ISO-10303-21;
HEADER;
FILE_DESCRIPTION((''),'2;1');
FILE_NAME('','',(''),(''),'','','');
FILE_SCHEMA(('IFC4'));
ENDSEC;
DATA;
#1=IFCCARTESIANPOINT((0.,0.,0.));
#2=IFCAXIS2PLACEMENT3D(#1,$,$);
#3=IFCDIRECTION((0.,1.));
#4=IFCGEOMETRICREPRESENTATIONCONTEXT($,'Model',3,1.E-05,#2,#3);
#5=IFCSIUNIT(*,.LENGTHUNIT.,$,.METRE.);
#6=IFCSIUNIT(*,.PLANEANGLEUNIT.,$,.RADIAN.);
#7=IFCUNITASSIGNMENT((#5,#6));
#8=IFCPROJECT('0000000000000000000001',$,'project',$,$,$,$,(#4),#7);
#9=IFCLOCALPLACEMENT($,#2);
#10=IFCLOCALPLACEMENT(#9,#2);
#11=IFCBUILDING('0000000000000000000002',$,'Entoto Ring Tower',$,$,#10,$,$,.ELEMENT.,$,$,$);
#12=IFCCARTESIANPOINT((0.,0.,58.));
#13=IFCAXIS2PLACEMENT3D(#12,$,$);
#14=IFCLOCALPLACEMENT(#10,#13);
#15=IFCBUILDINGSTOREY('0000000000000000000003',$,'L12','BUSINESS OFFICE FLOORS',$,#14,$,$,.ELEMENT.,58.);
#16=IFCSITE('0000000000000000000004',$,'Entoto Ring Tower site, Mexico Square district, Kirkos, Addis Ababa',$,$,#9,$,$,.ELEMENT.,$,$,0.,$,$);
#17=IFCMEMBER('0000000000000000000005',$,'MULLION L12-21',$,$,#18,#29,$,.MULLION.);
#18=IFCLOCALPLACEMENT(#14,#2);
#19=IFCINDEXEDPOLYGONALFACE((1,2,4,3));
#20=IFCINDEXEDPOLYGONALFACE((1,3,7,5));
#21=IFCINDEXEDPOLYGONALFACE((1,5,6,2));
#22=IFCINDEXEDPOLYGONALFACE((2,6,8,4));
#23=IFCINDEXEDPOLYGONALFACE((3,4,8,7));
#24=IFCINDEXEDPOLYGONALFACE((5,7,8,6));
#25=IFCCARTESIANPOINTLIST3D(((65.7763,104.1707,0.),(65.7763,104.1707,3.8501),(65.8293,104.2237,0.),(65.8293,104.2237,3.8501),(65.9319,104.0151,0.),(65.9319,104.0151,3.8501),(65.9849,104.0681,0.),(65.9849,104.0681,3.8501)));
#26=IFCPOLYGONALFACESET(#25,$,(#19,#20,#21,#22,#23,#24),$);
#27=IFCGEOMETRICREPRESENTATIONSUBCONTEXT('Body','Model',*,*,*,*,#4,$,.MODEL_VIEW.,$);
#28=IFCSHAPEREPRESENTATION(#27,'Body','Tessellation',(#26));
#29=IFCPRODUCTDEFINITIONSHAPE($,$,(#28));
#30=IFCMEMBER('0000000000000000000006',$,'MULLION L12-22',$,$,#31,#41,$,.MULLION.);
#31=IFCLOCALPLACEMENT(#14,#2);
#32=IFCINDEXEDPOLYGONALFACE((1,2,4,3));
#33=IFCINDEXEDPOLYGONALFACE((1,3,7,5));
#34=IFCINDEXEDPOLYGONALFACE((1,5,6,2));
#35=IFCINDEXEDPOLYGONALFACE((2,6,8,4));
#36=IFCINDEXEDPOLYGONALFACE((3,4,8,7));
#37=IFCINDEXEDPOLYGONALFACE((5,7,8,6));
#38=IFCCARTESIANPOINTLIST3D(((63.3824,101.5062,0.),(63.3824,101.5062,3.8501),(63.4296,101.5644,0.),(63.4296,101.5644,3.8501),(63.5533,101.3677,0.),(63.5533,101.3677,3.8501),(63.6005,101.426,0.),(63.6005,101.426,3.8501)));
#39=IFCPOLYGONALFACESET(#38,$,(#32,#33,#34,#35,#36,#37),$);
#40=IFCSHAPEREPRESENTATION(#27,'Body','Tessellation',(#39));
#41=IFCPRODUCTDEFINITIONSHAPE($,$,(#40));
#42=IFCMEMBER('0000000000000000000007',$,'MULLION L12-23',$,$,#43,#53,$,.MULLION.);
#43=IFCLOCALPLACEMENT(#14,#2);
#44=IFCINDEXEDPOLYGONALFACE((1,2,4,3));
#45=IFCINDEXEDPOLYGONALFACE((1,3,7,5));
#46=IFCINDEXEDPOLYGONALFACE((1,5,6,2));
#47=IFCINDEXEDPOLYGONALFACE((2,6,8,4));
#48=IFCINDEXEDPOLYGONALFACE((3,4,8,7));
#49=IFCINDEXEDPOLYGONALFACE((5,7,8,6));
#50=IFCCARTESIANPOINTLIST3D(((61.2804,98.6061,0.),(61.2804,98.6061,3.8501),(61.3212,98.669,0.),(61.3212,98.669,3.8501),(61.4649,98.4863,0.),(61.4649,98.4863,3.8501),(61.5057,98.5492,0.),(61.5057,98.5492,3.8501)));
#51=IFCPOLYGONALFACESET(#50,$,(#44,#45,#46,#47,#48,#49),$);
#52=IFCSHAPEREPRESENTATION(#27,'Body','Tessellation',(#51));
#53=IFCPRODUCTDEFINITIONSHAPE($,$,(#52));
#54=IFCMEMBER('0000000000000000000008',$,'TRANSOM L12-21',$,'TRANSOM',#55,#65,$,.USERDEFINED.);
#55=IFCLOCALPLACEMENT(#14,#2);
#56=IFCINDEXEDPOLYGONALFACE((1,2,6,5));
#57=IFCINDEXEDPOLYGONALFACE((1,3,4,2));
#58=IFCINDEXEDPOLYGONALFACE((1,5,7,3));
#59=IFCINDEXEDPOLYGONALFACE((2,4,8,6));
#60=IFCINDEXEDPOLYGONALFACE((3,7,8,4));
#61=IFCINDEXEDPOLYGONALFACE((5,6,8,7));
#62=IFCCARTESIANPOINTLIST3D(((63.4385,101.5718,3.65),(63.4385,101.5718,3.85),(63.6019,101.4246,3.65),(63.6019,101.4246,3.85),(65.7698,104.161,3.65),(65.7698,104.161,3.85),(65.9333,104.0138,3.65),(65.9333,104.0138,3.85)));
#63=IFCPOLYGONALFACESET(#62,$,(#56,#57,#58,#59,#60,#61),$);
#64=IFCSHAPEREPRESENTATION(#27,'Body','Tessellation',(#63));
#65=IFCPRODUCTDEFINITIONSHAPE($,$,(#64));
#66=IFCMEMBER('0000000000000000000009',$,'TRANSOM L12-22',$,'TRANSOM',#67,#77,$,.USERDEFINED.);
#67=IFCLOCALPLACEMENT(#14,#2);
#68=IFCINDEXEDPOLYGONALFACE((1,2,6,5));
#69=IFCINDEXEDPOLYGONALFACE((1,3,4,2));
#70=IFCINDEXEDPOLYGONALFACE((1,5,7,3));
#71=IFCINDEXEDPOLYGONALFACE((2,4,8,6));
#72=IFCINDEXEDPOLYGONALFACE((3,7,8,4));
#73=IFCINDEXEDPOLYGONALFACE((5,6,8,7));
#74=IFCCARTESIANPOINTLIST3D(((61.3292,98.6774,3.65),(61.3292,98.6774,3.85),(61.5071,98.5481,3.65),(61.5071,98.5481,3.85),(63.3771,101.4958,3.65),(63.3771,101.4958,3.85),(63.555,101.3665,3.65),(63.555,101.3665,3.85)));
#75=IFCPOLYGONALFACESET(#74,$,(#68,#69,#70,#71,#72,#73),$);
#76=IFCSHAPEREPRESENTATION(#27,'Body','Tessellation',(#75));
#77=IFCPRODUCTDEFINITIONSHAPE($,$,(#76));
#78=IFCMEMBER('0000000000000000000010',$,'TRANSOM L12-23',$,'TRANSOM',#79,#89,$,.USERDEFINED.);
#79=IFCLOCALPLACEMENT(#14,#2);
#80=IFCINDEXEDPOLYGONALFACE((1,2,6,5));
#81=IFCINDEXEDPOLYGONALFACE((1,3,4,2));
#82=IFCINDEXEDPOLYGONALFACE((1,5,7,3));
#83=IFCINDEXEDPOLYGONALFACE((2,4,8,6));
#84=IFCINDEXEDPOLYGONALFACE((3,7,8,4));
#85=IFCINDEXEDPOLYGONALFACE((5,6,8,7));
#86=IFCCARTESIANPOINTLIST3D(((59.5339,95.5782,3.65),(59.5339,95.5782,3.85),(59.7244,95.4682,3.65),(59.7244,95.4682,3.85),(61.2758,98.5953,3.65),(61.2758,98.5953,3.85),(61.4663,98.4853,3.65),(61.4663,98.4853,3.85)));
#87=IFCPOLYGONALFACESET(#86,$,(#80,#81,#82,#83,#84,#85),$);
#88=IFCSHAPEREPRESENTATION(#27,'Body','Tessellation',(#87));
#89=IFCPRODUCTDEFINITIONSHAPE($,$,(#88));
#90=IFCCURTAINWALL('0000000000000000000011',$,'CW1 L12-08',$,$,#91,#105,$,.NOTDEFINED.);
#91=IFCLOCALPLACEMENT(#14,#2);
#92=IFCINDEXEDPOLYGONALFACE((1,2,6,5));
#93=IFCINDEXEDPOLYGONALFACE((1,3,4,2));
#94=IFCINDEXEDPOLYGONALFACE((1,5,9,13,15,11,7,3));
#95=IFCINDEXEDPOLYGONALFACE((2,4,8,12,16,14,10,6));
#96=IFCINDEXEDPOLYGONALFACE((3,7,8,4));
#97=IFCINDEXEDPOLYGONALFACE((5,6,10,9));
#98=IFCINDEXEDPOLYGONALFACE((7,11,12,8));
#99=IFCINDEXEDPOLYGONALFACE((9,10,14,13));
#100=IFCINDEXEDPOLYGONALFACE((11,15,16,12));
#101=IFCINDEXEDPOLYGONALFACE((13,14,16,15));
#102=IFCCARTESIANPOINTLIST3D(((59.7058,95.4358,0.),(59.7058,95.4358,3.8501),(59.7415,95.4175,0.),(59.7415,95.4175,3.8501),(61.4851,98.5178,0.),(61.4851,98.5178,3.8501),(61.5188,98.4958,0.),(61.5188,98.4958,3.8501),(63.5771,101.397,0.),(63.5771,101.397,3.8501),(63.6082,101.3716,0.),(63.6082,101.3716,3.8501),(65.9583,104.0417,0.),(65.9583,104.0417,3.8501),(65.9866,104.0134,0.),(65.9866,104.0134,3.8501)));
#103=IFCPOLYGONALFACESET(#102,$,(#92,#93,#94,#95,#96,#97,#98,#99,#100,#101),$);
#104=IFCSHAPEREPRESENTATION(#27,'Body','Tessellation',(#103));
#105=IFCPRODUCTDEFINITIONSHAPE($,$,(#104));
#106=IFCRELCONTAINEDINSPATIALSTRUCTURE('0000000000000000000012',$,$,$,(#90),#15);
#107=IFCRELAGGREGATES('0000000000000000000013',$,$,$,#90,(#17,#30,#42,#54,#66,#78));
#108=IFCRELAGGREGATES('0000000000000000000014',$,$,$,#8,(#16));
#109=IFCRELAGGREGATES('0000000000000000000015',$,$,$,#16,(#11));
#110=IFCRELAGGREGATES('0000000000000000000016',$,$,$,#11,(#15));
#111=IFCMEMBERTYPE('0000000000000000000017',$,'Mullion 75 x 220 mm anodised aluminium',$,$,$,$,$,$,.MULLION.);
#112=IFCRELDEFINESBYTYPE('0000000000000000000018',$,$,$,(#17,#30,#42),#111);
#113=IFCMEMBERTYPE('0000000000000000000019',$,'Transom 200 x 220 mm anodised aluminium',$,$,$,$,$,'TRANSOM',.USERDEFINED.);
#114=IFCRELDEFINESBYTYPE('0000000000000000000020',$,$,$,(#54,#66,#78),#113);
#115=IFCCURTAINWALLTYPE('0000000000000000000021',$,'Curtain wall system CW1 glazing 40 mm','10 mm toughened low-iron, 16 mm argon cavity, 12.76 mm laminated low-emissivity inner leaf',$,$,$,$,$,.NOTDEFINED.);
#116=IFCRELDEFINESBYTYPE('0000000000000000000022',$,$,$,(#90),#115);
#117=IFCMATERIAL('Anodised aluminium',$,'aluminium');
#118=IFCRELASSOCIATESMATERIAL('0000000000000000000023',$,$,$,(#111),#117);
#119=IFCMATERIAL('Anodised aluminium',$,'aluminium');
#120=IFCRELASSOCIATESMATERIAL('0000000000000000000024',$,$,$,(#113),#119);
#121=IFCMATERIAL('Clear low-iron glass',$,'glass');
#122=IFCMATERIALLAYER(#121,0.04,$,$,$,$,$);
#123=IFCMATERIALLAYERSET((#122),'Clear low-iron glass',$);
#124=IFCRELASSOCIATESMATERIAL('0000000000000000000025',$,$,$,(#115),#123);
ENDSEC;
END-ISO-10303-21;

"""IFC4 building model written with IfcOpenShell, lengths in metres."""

from ifc_helpers import new_model, si_unit, direction, frame, origin, origin_2d, place, context, subcontext, project, spatial, polyline, rectangle, outline, extrude, material, layer, layer_set, material_profile, profile_set, type_object, element, aggregate, save


model = new_model("IFC4")

# Units and contexts
model_context = context("Model", 3, precision=1e-05, world=origin(), true_north=direction((0.0, 1.0)))
body_context = subcontext(model_context, "Body", "Model", "MODEL_VIEW")
ifc_project = project(units=[si_unit("LENGTHUNIT", "METRE"), si_unit("PLANEANGLEUNIT", "RADIAN")], contexts=[model_context])

# Members
ifc_material_1 = material(Name="Anodised aluminium", Category="aluminium")
ifc_material_profile_1 = material_profile(ifc_material_1, rectangle(XDim=0.075, YDim=0.22, at=origin_2d()), Name="Mullion 75 x 220 mm anodised aluminium")
ifc_profile_set_1 = profile_set([ifc_material_profile_1], Name="Anodised aluminium")
member_type_1 = type_object("IfcMemberType", Name="Mullion 75 x 220 mm anodised aluminium", PredefinedType="MULLION", material=ifc_profile_set_1)
site_placement = place(None, origin())
building_placement = place(site_placement, origin())
storey_placement = place(building_placement, frame((0.0, 0.0, 58.0)))
member_1_placement = place(storey_placement, frame((65.8806, 104.1194, 0.0), z_axis=(0.0, 0.0, 1.0), x_axis=(-0.707107, -0.707107, 0.0)))
member_1 = element("IfcMember", 1, at=member_1_placement, type_object=member_type_1, Name="MULLION L12-21", PredefinedType="MULLION", context=body_context, shape_type="SweptSolid", body=[
    extrude(rectangle(XDim=0.075, YDim=0.22, at=origin_2d()), origin(), (0.0, 0.0, 1.0), 3.8501),
])
member_2_placement = place(storey_placement, frame((63.4915, 101.4661, 0.0), z_axis=(0.0, 0.0, 1.0), x_axis=(-0.62932, -0.777146, 0.0)))
member_2 = element("IfcMember", 2, at=member_2_placement, type_object=member_type_1, Name="MULLION L12-22", PredefinedType="MULLION", context=body_context, shape_type="SweptSolid", body=[
    extrude(rectangle(XDim=0.075, YDim=0.22, at=origin_2d()), origin(), (0.0, 0.0, 1.0), 3.8501),
])
member_3_placement = place(storey_placement, frame((61.3931, 98.5776, 0.0), z_axis=(0.0, 0.0, 1.0), x_axis=(-0.544639, -0.838671, 0.0)))
member_3 = element("IfcMember", 3, at=member_3_placement, type_object=member_type_1, Name="MULLION L12-23", PredefinedType="MULLION", context=body_context, shape_type="SweptSolid", body=[
    extrude(rectangle(XDim=0.075, YDim=0.22, at=origin_2d()), origin(), (0.0, 0.0, 1.0), 3.8501),
])
ifc_material_2 = material(Name="Anodised aluminium", Category="aluminium")
ifc_material_profile_2 = material_profile(ifc_material_2, rectangle(XDim=0.22, YDim=0.2, at=origin_2d()), Name="Transom 200 x 220 mm anodised aluminium")
ifc_profile_set_2 = profile_set([ifc_material_profile_2], Name="Anodised aluminium")
member_type_2 = type_object("IfcMemberType", Name="Transom 200 x 220 mm anodised aluminium", ElementType="TRANSOM", PredefinedType="USERDEFINED", material=ifc_profile_set_2)
member_4_placement = place(storey_placement, frame((65.8516, 104.0874, 3.75), z_axis=(-0.669139, -0.743137, 0.0), x_axis=(0.743137, -0.669139, 0.0)))
member_4 = element("IfcMember", 4, at=member_4_placement, type_object=member_type_2, Name="TRANSOM L12-21", ObjectType="TRANSOM", PredefinedType="USERDEFINED", context=body_context, shape_type="SweptSolid", body=[
    extrude(rectangle(XDim=0.22, YDim=0.2, at=origin_2d()), origin(), (0.0, 0.0, 1.0), 3.4841),
])
member_5_placement = place(storey_placement, frame((63.4661, 101.4312, 3.75), z_axis=(-0.587822, -0.808991, 0.0), x_axis=(0.808991, -0.587822, 0.0)))
member_5 = element("IfcMember", 5, at=member_5_placement, type_object=member_type_2, Name="TRANSOM L12-22", ObjectType="TRANSOM", PredefinedType="USERDEFINED", context=body_context, shape_type="SweptSolid", body=[
    extrude(rectangle(XDim=0.22, YDim=0.2, at=origin_2d()), origin(), (0.0, 0.0, 1.0), 3.4839),
])
member_6_placement = place(storey_placement, frame((61.3711, 98.5403, 3.75), z_axis=(-0.500006, -0.866022, 0.0), x_axis=(0.866022, -0.500006, 0.0)))
member_6 = element("IfcMember", 6, at=member_6_placement, type_object=member_type_2, Name="TRANSOM L12-23", ObjectType="TRANSOM", PredefinedType="USERDEFINED", context=body_context, shape_type="SweptSolid", body=[
    extrude(rectangle(XDim=0.22, YDim=0.2, at=origin_2d()), origin(), (0.0, 0.0, 1.0), 3.4839),
])

# Site, building, storey
site = spatial("IfcSite", under=ifc_project, at=site_placement, Name="Entoto Ring Tower site, Mexico Square district, Kirkos, Addis Ababa", CompositionType="ELEMENT", RefElevation=0.0)
building = spatial("IfcBuilding", under=site, at=building_placement, Name="Entoto Ring Tower", CompositionType="ELEMENT")
storey = spatial("IfcBuildingStorey", under=building, at=storey_placement, Name="L12", Description="BUSINESS OFFICE FLOORS", CompositionType="ELEMENT", Elevation=58.0)

# Curtain wall
ifc_material_3 = material(Name="Clear low-iron glass", Category="glass")
ifc_layer = layer(ifc_material_3, 0.04)
ifc_layer_set = layer_set([ifc_layer], Name="Clear low-iron glass")
curtain_wall_type = type_object("IfcCurtainWallType", Name="Curtain wall system CW1 glazing 40 mm", Description="10 mm toughened low-iron, 16 mm argon cavity, 12.76 mm laminated low-emissivity inner leaf", PredefinedType="NOTDEFINED", material=ifc_layer_set)
curtain_wall_1_placement = place(storey_placement, origin())
curtain_wall_1 = element("IfcCurtainWall", 7, at=curtain_wall_1_placement, inside=storey, type_object=curtain_wall_type, Name="CW1 L12-08", PredefinedType="NOTDEFINED", context=body_context, shape_type="SweptSolid", body=[
    extrude(outline(polyline([(65.9583, 104.0417), (63.5771, 101.397), (61.4851, 98.5178), (59.7058, 95.4358), (59.7415, 95.4175), (61.5188, 98.4958), (63.6082, 101.3716), (65.9866, 104.0134), (65.9583, 104.0417)])), origin(), (0.0, 0.0, 1.0), 3.8501),
])
aggregate(curtain_wall_1, [member_1, member_2, member_3, member_4, member_5, member_6])

save(model, "model.ifc")
